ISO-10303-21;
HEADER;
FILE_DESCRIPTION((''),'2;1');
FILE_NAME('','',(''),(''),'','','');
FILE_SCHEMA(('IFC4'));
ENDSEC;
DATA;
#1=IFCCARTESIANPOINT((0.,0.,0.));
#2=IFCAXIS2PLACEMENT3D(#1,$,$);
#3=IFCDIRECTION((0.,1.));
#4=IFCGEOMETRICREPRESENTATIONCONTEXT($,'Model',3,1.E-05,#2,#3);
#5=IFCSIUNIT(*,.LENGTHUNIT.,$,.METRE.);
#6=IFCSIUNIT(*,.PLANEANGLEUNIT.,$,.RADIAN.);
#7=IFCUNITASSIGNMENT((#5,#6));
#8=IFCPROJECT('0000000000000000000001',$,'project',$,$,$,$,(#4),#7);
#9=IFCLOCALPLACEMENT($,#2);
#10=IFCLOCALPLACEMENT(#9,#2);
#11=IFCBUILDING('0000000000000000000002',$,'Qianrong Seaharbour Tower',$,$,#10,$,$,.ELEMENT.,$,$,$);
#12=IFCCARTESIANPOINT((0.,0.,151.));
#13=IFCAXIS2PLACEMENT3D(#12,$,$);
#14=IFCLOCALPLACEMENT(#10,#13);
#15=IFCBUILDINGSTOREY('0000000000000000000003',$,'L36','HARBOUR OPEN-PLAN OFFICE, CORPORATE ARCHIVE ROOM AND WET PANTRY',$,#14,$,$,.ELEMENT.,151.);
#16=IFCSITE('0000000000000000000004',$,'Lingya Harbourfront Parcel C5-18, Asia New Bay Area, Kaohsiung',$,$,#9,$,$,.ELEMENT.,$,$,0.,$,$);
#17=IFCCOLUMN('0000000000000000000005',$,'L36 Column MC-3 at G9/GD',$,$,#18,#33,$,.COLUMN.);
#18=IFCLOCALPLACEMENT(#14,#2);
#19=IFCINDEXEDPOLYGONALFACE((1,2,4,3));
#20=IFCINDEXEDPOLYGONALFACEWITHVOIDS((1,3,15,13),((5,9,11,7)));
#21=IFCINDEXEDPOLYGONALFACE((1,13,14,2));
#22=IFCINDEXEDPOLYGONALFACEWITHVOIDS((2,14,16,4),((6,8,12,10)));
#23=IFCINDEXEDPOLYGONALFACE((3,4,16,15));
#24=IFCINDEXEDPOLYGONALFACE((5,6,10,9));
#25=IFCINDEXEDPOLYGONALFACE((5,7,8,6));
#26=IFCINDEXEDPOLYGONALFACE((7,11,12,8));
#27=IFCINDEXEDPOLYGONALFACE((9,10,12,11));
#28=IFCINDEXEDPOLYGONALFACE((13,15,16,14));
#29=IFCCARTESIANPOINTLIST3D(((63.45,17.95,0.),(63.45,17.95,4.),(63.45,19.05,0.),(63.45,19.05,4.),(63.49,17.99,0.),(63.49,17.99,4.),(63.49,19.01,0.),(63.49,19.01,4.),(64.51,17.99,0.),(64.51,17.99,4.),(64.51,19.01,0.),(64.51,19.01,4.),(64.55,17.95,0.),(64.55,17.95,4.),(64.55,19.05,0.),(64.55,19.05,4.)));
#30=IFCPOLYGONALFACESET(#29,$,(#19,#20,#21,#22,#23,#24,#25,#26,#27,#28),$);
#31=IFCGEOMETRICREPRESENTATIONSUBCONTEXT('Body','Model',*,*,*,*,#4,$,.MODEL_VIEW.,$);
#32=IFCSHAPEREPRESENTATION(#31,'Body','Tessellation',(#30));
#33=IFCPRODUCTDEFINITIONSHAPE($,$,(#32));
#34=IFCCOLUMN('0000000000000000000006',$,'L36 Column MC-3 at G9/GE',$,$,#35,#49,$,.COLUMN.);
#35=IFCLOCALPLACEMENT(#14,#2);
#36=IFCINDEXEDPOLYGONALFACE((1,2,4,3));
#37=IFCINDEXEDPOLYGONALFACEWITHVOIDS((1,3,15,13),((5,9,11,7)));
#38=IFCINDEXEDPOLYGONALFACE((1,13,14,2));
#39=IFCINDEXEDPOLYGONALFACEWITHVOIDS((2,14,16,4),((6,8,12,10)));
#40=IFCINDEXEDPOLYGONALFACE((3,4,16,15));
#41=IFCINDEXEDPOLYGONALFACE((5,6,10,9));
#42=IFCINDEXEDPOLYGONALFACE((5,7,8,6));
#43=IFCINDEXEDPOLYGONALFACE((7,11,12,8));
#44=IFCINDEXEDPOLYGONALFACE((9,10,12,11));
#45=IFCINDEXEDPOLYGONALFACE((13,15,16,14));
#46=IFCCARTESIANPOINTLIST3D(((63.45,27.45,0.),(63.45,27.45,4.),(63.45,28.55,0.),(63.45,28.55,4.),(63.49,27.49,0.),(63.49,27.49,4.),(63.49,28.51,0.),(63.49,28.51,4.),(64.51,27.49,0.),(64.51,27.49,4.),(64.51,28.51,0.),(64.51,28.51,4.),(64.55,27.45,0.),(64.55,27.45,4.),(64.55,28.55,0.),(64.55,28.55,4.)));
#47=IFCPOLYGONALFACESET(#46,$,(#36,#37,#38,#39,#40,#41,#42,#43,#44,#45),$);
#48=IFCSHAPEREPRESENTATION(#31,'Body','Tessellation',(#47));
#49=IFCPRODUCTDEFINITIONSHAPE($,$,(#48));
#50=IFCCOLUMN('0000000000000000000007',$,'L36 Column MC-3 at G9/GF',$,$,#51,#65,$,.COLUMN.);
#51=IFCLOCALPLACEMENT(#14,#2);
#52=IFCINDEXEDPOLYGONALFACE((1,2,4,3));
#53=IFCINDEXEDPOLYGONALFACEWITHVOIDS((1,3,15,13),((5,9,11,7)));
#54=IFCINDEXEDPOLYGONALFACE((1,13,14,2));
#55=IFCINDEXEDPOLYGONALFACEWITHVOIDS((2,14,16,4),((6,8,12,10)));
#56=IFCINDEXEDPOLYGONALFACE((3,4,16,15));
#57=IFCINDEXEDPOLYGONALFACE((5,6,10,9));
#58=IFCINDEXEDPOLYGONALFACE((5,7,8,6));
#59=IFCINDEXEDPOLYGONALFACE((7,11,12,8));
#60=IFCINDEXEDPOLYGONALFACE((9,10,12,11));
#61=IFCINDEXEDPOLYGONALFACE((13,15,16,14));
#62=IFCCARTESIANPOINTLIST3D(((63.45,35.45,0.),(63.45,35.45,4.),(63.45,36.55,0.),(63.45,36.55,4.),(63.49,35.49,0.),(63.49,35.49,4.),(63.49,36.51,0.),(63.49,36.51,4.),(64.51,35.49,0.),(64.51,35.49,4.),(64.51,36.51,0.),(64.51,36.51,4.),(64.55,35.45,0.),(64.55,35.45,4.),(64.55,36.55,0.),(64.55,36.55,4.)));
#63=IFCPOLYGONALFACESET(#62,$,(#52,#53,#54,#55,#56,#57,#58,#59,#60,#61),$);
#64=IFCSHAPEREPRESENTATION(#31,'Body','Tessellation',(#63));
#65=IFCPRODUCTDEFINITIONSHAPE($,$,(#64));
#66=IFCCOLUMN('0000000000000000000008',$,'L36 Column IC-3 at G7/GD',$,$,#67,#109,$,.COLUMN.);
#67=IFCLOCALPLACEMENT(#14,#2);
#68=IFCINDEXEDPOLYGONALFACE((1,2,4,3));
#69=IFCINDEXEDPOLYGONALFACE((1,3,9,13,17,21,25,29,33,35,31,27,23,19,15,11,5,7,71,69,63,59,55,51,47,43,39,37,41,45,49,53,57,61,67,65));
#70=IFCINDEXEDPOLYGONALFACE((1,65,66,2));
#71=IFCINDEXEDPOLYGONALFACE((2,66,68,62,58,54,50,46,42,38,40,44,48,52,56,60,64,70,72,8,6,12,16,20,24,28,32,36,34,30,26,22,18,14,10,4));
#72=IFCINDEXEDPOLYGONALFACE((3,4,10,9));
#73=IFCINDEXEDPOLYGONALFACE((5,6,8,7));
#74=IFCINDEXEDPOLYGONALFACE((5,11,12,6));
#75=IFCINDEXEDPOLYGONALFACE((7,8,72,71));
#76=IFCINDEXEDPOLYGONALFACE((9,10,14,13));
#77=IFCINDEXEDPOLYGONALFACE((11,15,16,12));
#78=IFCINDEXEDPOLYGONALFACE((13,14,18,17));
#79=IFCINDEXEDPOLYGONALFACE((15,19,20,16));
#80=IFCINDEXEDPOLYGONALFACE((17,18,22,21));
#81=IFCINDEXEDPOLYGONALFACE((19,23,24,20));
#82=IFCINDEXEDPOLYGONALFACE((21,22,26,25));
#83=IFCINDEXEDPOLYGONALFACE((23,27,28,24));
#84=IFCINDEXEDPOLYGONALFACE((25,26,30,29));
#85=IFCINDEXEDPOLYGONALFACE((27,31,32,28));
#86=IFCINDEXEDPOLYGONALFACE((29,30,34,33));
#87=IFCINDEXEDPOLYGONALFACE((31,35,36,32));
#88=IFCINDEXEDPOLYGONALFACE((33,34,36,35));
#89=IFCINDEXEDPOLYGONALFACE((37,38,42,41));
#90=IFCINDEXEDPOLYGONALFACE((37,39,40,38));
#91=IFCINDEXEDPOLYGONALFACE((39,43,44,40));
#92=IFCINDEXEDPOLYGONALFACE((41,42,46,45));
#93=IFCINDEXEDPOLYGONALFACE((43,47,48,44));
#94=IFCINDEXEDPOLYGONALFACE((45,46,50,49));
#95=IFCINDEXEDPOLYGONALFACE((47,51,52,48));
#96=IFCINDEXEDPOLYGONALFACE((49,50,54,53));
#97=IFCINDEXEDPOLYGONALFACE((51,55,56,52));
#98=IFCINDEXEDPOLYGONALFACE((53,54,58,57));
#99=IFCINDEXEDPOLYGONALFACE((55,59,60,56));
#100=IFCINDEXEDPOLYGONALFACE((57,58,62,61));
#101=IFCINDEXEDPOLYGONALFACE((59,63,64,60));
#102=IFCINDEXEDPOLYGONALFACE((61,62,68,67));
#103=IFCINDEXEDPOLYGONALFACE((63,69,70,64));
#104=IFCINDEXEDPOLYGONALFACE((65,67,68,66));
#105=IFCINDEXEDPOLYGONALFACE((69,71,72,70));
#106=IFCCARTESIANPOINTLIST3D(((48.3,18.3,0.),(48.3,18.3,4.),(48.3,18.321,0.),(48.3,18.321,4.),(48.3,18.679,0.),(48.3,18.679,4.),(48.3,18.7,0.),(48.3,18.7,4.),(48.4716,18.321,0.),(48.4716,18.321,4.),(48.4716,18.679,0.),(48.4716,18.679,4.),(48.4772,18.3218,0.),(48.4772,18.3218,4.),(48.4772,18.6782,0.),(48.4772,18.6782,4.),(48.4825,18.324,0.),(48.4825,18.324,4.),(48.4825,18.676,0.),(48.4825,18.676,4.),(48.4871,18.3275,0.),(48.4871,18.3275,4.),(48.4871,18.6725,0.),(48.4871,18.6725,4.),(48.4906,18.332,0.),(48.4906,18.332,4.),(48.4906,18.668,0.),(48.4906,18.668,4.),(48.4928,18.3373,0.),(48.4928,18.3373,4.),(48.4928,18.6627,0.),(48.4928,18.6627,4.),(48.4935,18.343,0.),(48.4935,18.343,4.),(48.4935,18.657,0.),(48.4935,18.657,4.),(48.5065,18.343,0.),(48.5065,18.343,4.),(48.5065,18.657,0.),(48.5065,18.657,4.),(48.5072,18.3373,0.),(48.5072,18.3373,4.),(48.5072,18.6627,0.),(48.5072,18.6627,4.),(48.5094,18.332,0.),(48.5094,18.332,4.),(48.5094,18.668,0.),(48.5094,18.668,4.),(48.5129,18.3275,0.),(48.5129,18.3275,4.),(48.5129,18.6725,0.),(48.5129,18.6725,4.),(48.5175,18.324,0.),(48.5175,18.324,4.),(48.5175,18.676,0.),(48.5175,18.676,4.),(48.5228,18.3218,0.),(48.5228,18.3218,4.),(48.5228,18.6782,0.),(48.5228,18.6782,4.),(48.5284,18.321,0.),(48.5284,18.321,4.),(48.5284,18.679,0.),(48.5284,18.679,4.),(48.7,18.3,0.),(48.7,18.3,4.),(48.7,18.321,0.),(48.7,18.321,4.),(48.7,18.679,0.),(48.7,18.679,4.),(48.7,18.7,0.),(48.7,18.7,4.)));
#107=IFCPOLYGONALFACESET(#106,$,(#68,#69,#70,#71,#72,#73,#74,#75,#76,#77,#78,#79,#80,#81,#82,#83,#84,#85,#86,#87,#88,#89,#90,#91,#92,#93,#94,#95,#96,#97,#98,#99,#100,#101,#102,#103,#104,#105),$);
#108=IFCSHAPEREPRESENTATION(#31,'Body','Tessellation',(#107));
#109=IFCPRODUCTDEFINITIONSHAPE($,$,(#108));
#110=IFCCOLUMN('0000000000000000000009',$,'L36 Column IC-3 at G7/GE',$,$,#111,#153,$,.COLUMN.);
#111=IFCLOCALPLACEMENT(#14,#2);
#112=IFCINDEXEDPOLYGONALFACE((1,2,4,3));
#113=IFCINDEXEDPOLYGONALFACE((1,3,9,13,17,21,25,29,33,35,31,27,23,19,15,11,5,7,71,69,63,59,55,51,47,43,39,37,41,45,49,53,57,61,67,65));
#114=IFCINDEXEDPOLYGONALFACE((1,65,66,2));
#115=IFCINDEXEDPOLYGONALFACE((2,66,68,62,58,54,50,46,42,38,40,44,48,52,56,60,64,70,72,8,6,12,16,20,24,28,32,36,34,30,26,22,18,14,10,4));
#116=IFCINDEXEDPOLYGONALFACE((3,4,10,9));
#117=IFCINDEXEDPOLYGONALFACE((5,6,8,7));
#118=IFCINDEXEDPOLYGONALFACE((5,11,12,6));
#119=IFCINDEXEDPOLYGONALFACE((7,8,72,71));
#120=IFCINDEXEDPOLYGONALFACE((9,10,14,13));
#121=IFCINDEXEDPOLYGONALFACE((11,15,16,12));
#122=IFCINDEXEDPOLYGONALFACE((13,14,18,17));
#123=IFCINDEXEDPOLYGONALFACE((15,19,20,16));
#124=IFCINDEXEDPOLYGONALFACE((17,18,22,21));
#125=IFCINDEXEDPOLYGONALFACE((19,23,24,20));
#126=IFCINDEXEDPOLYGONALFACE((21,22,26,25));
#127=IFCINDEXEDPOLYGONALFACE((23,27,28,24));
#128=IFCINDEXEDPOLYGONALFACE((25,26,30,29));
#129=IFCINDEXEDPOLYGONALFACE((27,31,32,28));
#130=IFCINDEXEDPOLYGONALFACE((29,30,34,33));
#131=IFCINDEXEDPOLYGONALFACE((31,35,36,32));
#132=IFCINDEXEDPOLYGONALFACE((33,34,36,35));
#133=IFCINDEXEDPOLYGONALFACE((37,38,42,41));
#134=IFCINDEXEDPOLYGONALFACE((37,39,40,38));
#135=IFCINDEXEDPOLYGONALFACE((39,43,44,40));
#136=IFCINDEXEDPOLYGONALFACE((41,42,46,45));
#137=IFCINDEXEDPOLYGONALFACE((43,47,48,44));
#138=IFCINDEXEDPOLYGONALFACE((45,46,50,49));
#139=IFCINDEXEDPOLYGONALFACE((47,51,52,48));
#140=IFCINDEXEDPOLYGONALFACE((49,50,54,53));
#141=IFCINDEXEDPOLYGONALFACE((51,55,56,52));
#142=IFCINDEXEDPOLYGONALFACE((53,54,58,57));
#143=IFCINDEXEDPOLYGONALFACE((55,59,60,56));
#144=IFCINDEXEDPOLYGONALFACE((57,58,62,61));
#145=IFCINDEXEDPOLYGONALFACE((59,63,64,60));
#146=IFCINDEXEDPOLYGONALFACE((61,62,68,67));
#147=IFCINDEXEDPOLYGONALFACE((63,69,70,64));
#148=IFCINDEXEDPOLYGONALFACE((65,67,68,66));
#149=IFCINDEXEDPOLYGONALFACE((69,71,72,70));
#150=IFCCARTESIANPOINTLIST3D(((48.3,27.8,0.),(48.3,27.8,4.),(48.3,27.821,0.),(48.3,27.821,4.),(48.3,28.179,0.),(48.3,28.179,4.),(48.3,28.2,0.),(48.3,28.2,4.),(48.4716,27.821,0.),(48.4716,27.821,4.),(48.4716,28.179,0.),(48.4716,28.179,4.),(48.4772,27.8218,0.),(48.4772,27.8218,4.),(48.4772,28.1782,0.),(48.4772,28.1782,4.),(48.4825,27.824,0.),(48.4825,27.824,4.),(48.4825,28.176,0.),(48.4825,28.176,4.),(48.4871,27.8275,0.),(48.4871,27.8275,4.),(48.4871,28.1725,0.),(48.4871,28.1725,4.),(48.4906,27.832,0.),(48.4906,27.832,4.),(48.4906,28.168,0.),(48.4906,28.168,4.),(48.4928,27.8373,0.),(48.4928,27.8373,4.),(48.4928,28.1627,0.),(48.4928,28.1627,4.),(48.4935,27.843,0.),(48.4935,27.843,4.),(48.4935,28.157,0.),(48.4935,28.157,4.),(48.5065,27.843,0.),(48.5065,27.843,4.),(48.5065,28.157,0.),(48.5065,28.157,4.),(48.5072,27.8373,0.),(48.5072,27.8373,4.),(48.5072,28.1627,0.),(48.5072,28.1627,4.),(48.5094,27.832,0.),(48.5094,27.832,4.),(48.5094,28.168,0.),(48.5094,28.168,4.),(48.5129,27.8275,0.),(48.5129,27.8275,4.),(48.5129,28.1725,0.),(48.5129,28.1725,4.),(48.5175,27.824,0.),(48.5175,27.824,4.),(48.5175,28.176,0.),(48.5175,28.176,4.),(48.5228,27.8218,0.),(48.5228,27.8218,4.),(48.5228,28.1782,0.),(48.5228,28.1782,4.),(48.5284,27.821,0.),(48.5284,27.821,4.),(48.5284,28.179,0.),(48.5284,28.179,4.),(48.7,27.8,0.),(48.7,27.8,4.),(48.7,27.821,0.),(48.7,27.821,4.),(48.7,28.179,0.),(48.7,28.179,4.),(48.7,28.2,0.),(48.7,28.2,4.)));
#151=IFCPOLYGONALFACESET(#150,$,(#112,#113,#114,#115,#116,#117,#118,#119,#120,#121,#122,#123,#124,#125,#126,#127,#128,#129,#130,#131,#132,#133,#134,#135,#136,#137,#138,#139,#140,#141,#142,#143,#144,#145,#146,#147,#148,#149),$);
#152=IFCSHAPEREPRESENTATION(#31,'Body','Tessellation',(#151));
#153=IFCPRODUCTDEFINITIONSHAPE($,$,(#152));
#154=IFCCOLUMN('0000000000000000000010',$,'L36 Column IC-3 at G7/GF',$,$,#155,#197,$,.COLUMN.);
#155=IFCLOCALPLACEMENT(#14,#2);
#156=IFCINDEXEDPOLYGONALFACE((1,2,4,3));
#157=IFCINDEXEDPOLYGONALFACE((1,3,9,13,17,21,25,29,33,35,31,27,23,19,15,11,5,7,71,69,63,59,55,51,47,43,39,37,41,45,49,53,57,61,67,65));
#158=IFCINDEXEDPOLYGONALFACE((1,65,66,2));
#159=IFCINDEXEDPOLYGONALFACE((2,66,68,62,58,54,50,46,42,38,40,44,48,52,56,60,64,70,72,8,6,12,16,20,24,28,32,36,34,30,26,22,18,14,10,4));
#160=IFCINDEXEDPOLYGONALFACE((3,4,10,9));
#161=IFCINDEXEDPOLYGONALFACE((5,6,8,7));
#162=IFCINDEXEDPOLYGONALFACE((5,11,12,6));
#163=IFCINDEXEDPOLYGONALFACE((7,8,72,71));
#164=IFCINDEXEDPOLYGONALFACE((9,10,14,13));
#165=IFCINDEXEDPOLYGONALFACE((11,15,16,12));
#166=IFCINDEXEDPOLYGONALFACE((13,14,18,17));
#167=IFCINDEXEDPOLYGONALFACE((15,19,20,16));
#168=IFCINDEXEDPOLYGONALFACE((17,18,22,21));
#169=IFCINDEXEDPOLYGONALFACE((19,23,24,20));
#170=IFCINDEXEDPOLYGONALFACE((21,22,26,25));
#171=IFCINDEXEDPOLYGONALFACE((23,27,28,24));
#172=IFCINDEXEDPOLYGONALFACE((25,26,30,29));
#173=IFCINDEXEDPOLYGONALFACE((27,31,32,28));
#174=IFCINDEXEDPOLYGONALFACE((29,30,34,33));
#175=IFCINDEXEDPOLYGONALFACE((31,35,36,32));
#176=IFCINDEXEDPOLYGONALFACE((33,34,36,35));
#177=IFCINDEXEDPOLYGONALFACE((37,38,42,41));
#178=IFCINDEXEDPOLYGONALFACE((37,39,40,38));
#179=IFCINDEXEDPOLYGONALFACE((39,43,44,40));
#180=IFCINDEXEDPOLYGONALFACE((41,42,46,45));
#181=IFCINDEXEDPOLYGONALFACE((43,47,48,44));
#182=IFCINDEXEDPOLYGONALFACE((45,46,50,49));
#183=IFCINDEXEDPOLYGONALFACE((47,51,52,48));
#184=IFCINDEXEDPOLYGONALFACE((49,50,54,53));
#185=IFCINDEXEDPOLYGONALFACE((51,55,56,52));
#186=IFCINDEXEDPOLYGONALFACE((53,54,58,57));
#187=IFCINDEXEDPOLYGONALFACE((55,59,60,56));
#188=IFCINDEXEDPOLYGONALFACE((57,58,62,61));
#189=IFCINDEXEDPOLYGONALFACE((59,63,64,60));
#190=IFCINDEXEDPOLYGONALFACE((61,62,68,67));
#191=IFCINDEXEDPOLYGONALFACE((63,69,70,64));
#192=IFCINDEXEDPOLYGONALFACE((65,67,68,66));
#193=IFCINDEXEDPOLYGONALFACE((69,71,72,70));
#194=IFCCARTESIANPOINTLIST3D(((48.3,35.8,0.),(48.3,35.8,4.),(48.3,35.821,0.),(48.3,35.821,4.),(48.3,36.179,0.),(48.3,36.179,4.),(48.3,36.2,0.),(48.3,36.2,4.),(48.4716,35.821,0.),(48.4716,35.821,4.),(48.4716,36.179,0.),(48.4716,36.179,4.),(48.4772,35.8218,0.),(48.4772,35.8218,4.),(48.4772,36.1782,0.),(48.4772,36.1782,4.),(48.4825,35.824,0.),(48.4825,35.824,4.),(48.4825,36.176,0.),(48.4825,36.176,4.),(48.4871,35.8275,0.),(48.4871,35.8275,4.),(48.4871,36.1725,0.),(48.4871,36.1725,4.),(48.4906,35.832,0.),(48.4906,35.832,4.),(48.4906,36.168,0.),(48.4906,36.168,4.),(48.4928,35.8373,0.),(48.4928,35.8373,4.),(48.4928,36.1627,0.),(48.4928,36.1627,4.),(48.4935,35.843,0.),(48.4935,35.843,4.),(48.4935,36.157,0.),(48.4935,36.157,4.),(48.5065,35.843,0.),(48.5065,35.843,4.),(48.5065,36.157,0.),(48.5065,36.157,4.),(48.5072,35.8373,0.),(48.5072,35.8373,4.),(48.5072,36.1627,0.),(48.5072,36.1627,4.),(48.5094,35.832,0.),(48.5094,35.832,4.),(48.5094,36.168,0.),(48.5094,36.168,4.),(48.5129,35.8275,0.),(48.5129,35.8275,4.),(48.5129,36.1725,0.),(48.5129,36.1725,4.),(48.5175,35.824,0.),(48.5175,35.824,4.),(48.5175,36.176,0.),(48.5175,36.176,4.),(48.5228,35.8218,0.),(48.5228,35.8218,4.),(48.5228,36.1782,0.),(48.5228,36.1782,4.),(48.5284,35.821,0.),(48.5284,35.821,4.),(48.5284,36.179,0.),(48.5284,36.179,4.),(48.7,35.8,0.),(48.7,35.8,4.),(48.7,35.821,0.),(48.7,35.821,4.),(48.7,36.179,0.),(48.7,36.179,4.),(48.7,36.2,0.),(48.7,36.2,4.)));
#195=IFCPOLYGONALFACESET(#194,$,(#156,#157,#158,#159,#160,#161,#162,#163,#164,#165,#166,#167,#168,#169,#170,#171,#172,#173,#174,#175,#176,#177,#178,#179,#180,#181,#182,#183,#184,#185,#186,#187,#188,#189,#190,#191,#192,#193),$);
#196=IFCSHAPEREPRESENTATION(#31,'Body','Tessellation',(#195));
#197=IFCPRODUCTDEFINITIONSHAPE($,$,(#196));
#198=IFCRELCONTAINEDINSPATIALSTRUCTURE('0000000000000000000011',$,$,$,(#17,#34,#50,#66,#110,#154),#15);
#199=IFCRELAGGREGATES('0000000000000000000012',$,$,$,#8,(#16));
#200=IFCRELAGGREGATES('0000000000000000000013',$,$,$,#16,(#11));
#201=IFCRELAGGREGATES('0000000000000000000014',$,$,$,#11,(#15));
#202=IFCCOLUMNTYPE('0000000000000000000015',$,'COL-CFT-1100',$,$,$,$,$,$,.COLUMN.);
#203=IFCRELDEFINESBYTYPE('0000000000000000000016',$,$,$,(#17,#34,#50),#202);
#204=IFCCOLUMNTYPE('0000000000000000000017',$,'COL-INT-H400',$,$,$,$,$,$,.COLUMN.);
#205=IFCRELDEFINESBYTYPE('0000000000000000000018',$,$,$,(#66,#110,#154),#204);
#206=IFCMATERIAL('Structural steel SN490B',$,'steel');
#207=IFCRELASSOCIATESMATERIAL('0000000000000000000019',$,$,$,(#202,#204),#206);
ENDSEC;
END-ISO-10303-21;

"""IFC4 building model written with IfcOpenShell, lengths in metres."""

from ifc_helpers import new_model, si_unit, direction, frame, origin, origin_2d, place, context, subcontext, project, spatial, hollow_rectangle, i_section, extrude, material, material_profile, profile_set, type_object, element, save


model = new_model("IFC4")

# Units and contexts
model_context = context("Model", 3, precision=1e-05, world=origin(), true_north=direction((0.0, 1.0)))
body_context = subcontext(model_context, "Body", "Model", "MODEL_VIEW")
ifc_project = project(units=[si_unit("LENGTHUNIT", "METRE"), si_unit("PLANEANGLEUNIT", "RADIAN")], contexts=[model_context])

# Site, building, storey
site_placement = place(None, origin())
site = spatial("IfcSite", under=ifc_project, at=site_placement, Name="Lingya Harbourfront Parcel C5-18, Asia New Bay Area, Kaohsiung", CompositionType="ELEMENT", RefElevation=0.0)
building_placement = place(site_placement, origin())
building = spatial("IfcBuilding", under=site, at=building_placement, Name="Qianrong Seaharbour Tower", CompositionType="ELEMENT")
storey_placement = place(building_placement, frame((0.0, 0.0, 151.0)))
storey = spatial("IfcBuildingStorey", under=building, at=storey_placement, Name="L36", Description="HARBOUR OPEN-PLAN OFFICE, CORPORATE ARCHIVE ROOM AND WET PANTRY", CompositionType="ELEMENT", Elevation=151.0)

# Columns
ifc_material_1 = material(Name="Structural steel SN490B", Category="steel")
ifc_material_profile_1 = material_profile(ifc_material_1, hollow_rectangle(XDim=1.1001, YDim=1.1001, WallThickness=0.04, at=origin_2d()), Name="BOX1100x1100x40")
ifc_profile_set_1 = profile_set([ifc_material_profile_1], Name="Structural steel SN490B")
column_type_1 = type_object("IfcColumnType", Name="COL-CFT-1100", PredefinedType="COLUMN", material=ifc_profile_set_1)
for number, where, z_axis, x_axis, name in (
    (1, (64.0, 18.5, 0.0), (0.0, 0.0, 1.0), (1.0, 0.0, 0.0), "L36 Column MC-3 at G9/GD"),
    (2, (64.0, 28.0, 0.0), (0.0, 0.0, 1.0), (1.0, 0.0, 0.0), "L36 Column MC-3 at G9/GE"),
    (3, (64.0, 36.0, 0.0), (0.0, 0.0, 1.0), (1.0, 0.0, 0.0), "L36 Column MC-3 at G9/GF"),
):
    element("IfcColumn", number, at=place(storey_placement, frame(where, z_axis=z_axis, x_axis=x_axis)), inside=storey, type_object=column_type_1, Name=name, PredefinedType="COLUMN", context=body_context, shape_type="SweptSolid", body=[
        extrude(hollow_rectangle(XDim=1.1001, YDim=1.1001, WallThickness=0.04, at=origin_2d()), origin(), (0.0, 0.0, 1.0), 4.0),
    ])
ifc_material_profile_2 = material_profile(ifc_material_1, i_section(OverallWidth=0.3999, OverallDepth=0.3999, WebThickness=0.0129, FlangeThickness=0.021, FilletRadius=0.022, at=origin_2d()), Name="H400x400x13x21")
ifc_profile_set_2 = profile_set([ifc_material_profile_2], Name="Structural steel SN490B")
column_type_2 = type_object("IfcColumnType", Name="COL-INT-H400", PredefinedType="COLUMN", material=ifc_profile_set_2)
for number, where, z_axis, x_axis, name in (
    (4, (48.5, 18.5, 0.0), (0.0, 0.0, 1.0), (1.0, 0.0, 0.0), "L36 Column IC-3 at G7/GD"),
    (5, (48.5, 28.0, 0.0), (0.0, 0.0, 1.0), (1.0, 0.0, 0.0), "L36 Column IC-3 at G7/GE"),
    (6, (48.5, 36.0, 0.0), (0.0, 0.0, 1.0), (1.0, 0.0, 0.0), "L36 Column IC-3 at G7/GF"),
):
    element("IfcColumn", number, at=place(storey_placement, frame(where, z_axis=z_axis, x_axis=x_axis)), inside=storey, type_object=column_type_2, Name=name, PredefinedType="COLUMN", context=body_context, shape_type="SweptSolid", body=[
        extrude(i_section(OverallWidth=0.3999, OverallDepth=0.3999, WebThickness=0.0129, FlangeThickness=0.021, FilletRadius=0.022, at=origin_2d()), origin(), (0.0, 0.0, 1.0), 4.0),
    ])

save(model, "model.ifc")
